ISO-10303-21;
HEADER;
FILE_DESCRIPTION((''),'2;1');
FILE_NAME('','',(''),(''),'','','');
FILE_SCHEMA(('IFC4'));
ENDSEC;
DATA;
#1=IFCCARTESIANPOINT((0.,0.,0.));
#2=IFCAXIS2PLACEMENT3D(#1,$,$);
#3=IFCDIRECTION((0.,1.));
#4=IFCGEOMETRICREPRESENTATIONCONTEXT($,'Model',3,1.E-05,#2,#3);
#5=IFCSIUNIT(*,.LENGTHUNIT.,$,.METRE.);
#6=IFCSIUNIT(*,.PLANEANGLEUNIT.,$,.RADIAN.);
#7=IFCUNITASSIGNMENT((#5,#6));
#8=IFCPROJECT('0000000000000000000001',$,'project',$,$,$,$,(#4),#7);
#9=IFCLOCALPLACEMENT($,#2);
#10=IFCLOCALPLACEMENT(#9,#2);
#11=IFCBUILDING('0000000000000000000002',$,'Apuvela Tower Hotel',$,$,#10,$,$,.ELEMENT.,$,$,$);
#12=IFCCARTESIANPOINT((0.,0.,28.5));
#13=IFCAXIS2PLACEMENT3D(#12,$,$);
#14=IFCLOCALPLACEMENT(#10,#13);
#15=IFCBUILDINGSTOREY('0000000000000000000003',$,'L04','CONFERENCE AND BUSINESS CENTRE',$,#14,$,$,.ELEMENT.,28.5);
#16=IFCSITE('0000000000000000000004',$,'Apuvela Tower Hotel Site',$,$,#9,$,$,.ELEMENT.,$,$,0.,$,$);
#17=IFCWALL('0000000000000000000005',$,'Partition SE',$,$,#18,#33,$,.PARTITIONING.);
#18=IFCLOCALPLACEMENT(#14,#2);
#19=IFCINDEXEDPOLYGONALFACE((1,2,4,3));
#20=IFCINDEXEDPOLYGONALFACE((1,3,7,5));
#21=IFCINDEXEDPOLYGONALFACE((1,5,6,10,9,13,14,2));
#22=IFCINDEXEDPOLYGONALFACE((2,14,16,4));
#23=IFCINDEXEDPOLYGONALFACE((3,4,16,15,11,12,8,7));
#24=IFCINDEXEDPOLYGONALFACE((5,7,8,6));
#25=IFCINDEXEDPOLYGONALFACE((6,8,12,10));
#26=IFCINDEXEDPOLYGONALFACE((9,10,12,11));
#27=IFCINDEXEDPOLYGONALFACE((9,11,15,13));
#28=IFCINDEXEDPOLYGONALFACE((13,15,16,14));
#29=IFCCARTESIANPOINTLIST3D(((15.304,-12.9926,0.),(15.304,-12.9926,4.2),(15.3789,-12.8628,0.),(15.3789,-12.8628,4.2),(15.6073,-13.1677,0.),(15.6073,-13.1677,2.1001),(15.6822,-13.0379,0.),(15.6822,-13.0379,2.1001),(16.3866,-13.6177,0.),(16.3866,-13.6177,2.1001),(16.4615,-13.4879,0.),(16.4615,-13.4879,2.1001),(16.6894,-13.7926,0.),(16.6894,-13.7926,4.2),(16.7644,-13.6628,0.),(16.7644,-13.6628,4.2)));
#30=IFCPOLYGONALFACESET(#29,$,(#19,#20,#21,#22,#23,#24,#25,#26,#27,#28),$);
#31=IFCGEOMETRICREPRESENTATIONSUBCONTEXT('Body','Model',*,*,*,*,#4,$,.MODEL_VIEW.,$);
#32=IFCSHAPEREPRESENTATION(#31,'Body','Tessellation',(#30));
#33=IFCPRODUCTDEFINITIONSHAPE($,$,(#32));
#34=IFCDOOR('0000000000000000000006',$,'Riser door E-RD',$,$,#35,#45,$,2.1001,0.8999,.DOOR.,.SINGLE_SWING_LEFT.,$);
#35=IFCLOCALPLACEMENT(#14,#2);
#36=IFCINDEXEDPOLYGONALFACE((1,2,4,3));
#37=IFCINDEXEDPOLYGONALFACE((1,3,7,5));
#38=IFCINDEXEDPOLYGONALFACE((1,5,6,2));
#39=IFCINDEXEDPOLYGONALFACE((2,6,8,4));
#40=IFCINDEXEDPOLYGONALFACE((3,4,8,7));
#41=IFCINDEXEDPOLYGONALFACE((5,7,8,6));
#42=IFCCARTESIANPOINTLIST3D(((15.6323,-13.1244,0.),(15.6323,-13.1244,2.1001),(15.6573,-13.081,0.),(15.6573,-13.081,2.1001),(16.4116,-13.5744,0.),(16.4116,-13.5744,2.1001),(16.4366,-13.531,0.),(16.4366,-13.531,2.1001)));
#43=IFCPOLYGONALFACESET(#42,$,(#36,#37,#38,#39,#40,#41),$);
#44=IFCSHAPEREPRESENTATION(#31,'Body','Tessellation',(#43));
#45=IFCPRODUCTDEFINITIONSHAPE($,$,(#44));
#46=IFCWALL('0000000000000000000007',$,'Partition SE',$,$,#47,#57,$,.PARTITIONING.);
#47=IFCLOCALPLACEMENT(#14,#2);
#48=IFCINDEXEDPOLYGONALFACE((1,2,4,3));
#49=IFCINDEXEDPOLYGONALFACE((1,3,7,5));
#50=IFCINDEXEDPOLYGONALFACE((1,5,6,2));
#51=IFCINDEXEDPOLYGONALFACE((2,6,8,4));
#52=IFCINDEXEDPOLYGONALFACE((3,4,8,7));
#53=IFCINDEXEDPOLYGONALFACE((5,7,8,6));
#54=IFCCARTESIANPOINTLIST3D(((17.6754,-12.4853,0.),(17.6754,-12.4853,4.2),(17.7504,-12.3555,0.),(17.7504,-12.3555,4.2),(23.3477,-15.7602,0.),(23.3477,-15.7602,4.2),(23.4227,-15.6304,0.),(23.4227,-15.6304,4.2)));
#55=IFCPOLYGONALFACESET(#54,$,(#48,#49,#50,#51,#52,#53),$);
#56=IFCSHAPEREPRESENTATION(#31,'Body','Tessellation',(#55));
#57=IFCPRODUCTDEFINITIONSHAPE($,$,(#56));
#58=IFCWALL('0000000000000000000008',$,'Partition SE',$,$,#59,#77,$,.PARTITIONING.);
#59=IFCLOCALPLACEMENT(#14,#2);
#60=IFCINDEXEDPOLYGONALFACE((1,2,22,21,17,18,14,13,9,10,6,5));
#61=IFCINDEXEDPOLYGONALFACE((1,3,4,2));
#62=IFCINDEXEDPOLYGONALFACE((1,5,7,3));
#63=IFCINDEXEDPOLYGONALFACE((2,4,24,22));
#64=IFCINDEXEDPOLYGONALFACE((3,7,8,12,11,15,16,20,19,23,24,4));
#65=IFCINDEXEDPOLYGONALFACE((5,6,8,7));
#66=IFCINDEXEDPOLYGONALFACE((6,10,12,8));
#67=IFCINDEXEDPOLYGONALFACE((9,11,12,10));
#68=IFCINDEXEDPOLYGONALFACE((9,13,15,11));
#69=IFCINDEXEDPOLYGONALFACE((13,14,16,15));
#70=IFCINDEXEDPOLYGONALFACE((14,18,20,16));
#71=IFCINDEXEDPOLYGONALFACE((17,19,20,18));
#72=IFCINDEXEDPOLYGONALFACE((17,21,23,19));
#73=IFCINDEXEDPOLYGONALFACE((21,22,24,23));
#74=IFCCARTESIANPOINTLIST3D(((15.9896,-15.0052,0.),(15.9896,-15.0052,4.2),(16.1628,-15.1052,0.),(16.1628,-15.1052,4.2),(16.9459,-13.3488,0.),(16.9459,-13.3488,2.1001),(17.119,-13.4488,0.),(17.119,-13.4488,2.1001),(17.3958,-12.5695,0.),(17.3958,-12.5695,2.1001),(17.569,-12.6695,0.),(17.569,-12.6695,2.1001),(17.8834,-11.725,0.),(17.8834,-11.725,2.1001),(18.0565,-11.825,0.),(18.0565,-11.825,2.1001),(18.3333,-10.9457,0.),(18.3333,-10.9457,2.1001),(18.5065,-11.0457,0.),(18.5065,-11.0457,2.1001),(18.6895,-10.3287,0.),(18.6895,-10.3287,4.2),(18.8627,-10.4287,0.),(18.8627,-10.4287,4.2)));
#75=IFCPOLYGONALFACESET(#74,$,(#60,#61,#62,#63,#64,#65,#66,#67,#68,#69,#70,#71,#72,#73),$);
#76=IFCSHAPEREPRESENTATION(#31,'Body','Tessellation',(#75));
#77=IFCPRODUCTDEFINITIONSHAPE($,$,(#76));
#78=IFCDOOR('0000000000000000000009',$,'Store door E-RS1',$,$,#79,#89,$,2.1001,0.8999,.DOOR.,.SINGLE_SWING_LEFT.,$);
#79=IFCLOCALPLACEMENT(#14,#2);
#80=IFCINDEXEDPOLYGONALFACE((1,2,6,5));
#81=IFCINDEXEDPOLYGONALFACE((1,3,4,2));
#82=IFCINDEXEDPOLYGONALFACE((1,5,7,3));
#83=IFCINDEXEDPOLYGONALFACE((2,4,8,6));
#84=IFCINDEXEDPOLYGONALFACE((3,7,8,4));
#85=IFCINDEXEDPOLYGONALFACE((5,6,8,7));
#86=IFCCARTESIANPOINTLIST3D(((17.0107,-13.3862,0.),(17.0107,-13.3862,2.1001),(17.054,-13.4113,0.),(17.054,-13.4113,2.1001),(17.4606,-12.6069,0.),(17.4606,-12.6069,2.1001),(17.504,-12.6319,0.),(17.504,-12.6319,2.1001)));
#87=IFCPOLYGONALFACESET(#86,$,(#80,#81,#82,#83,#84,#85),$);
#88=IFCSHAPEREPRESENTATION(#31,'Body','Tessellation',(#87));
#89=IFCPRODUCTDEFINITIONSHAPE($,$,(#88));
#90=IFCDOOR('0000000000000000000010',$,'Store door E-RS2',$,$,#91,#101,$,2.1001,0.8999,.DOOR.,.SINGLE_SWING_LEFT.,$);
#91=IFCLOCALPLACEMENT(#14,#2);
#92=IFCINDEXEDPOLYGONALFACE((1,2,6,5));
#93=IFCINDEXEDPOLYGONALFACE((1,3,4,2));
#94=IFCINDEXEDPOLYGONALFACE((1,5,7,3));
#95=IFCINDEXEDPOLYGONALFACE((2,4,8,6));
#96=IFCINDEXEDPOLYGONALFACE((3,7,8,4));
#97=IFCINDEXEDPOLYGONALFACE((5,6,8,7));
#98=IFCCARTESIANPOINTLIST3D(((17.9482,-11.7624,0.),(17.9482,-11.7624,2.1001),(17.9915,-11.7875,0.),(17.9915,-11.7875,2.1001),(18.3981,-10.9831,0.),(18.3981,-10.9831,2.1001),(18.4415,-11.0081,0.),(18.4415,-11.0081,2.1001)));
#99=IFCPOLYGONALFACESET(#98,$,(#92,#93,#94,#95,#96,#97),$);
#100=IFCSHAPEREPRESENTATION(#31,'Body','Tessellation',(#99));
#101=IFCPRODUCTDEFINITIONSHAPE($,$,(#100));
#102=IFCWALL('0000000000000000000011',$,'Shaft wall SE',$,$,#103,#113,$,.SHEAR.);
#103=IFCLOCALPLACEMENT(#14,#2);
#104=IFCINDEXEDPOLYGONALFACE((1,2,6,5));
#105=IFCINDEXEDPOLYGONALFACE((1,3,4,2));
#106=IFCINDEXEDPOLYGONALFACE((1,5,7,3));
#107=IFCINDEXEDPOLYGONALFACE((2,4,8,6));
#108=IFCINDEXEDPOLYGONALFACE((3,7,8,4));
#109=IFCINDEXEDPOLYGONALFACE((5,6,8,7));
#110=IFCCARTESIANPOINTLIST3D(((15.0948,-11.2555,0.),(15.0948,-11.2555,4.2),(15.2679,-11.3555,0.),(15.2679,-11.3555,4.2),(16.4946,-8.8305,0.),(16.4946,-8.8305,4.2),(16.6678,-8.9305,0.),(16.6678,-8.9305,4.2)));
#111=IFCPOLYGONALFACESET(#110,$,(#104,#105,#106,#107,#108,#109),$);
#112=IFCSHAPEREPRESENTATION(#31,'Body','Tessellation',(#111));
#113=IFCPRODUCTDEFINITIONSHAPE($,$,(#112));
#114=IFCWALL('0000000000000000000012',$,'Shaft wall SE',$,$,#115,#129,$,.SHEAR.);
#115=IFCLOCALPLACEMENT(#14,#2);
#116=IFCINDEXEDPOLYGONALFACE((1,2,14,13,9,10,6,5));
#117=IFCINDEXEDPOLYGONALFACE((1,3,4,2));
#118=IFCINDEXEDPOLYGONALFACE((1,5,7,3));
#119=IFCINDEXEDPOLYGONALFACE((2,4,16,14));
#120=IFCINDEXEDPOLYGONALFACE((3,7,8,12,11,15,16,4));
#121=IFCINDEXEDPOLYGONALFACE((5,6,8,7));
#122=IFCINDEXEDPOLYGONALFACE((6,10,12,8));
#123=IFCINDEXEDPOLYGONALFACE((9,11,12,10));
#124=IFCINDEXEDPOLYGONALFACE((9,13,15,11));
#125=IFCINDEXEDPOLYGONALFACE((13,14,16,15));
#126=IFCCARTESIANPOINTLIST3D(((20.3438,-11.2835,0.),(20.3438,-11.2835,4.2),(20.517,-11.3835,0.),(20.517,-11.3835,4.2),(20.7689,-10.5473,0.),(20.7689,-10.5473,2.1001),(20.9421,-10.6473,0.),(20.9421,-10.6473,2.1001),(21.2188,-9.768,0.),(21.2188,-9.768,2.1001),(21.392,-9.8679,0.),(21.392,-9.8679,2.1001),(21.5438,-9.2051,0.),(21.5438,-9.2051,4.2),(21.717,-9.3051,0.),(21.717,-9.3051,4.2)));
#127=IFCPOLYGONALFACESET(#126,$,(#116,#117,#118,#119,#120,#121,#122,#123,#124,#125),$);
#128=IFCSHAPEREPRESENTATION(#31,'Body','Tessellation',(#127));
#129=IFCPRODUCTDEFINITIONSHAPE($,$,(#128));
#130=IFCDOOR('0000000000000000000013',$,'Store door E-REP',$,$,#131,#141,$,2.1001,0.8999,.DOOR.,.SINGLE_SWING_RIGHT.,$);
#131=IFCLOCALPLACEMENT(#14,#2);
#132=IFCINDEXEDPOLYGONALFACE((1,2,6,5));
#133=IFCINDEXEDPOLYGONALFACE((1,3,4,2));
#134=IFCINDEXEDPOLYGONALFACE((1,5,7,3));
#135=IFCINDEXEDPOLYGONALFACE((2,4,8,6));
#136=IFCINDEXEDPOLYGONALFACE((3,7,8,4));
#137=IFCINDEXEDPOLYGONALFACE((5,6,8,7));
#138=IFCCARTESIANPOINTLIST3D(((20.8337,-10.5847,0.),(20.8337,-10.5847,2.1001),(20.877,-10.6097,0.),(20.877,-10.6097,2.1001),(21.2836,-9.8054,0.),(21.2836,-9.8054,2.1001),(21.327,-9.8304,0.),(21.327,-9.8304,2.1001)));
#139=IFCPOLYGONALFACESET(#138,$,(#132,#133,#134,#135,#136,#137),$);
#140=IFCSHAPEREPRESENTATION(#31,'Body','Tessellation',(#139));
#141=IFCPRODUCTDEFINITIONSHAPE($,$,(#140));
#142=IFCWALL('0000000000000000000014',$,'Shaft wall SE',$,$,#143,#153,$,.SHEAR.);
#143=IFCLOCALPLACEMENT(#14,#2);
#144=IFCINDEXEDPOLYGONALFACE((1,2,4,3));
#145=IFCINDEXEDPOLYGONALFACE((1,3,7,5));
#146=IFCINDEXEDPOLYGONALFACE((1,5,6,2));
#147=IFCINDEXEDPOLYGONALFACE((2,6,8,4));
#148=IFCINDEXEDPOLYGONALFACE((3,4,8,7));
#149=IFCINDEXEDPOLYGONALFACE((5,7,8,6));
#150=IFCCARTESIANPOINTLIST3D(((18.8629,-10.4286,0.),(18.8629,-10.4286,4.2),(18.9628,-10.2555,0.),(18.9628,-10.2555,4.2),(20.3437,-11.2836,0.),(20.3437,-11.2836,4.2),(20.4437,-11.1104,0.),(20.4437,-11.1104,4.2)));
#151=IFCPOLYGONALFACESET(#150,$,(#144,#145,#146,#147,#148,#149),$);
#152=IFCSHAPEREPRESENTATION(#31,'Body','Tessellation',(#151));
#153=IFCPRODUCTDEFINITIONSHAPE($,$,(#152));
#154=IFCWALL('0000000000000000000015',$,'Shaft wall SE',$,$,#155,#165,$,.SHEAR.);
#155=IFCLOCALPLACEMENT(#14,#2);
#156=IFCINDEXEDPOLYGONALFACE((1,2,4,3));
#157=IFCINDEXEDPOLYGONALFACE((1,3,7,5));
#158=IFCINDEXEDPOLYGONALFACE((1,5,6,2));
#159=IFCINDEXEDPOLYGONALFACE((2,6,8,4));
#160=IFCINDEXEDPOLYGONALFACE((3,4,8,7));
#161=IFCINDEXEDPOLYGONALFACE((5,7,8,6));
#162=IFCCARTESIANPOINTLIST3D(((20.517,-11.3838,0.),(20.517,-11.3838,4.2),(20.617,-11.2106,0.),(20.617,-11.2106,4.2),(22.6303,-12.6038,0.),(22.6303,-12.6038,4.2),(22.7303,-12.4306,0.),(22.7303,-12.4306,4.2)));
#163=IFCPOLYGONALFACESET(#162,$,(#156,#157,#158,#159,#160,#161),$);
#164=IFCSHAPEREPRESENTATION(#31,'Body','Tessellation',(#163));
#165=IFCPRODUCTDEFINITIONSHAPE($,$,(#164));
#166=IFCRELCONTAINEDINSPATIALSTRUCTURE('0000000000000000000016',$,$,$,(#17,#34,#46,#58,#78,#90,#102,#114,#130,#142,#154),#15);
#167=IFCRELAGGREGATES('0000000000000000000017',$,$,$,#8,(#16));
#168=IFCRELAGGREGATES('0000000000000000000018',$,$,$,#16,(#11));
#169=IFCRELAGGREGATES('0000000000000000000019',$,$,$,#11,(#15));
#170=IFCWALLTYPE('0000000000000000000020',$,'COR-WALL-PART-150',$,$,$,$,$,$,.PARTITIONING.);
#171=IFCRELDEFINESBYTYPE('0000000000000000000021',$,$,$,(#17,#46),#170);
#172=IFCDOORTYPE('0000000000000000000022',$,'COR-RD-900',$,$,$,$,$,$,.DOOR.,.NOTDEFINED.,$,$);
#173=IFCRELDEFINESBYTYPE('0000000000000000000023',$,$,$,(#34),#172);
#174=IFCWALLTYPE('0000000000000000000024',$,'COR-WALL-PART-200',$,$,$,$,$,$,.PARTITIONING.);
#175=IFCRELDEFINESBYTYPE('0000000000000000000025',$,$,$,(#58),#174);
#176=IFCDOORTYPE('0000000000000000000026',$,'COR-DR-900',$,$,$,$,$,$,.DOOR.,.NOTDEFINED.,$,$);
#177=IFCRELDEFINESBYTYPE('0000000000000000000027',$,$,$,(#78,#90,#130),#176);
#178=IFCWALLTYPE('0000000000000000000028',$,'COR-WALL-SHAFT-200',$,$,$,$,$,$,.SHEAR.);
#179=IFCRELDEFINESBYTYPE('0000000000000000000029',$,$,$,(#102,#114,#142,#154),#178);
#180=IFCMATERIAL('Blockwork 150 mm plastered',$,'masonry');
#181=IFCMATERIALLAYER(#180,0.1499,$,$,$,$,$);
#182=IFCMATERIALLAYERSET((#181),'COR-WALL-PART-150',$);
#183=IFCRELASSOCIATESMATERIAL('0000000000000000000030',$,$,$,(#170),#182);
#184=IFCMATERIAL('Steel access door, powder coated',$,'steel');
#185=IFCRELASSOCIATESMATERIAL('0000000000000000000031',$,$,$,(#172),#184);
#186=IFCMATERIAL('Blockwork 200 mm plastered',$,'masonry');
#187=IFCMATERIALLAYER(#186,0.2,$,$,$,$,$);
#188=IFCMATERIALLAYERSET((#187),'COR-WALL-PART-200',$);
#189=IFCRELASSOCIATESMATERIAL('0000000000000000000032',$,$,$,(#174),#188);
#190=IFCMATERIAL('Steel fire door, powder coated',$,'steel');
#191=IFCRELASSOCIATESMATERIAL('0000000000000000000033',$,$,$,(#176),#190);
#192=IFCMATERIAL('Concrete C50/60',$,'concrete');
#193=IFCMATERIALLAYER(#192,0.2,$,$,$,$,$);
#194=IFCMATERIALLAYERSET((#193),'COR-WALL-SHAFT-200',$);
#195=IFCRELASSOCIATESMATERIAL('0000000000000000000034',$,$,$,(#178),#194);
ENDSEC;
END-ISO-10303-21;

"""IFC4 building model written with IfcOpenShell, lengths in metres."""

from ifc_helpers import new_model, si_unit, direction, frame, frame_2d, origin, place, context, subcontext, project, spatial, rectangle, extrude, material, layer, layer_set, type_object, element, fill, save


model = new_model("IFC4")

# Units and contexts
model_context = context("Model", 3, precision=1e-05, world=origin(), true_north=direction((0.0, 1.0)))
body_context = subcontext(model_context, "Body", "Model", "MODEL_VIEW")
ifc_project = project(units=[si_unit("LENGTHUNIT", "METRE"), si_unit("PLANEANGLEUNIT", "RADIAN")], contexts=[model_context])

# Site, building, storey
site_placement = place(None, origin())
site = spatial("IfcSite", under=ifc_project, at=site_placement, Name="Apuvela Tower Hotel Site", CompositionType="ELEMENT", RefElevation=0.0)
building_placement = place(site_placement, origin())
building = spatial("IfcBuilding", under=site, at=building_placement, Name="Apuvela Tower Hotel", CompositionType="ELEMENT")
storey_placement = place(building_placement, frame((0.0, 0.0, 28.5)))
storey = spatial("IfcBuildingStorey", under=building, at=storey_placement, Name="L04", Description="CONFERENCE AND BUSINESS CENTRE", CompositionType="ELEMENT", Elevation=28.5)

# Shared definitions
ifc_material_1 = material(Name="Concrete C50/60", Category="concrete")

# Wall, opening, door
ifc_material_2 = material(Name="Blockwork 150 mm plastered", Category="masonry")
ifc_layer_1 = layer(ifc_material_2, 0.1499)
ifc_layer_set_1 = layer_set([ifc_layer_1], Name="COR-WALL-PART-150")
wall_type_1 = type_object("IfcWallType", Name="COR-WALL-PART-150", PredefinedType="PARTITIONING", material=ifc_layer_set_1)
wall_1_placement = place(storey_placement, frame((15.3416, -12.9277, 0.0), z_axis=(0.0, 0.0, 1.0), x_axis=(0.86599, -0.500061, 0.0)))
wall_1 = element("IfcWall", 1, at=wall_1_placement, inside=storey, type_object=wall_type_1, Name="Partition SE", PredefinedType="PARTITIONING", context=body_context, shape_type="SweptSolid", body=[
    extrude(rectangle(XDim=1.5999, YDim=0.1499, at=frame_2d((0.7998, 0.0))), origin(), (0.0, 0.0, 1.0), 4.2),
])
opening_1_placement = place(wall_1_placement, frame((0.3501, 0.0, 0.0)))
opening_1 = element("IfcOpeningElement", 2, at=opening_1_placement, cuts=wall_1, PredefinedType="OPENING", context=body_context, shape_type="SweptSolid", body=[
    extrude(rectangle(XDim=0.8999, YDim=2.1001, at=frame_2d((0.45, 1.05))), frame((0.0, 0.085, 0.0), z_axis=(0.0, -1.0, 0.0), x_axis=(1.0, 0.0, 0.0)), (0.0, 0.0, 1.0), 0.1699),
])
ifc_material_3 = material(Name="Steel access door, powder coated", Category="steel")
door_type_1 = type_object("IfcDoorType", Name="COR-RD-900", OperationType="NOTDEFINED", PredefinedType="DOOR", material=ifc_material_3)
door_1_placement = place(opening_1_placement, frame((0.8999, 0.0, 0.0), z_axis=(0.0, 0.0, 1.0), x_axis=(-1.0, 0.0, 0.0)))
door_1 = element("IfcDoor", 3, at=door_1_placement, inside=storey, type_object=door_type_1, Name="Riser door E-RD", OperationType="SINGLE_SWING_LEFT", OverallHeight=2.1001, OverallWidth=0.8999, PredefinedType="DOOR", context=body_context, shape_type="SweptSolid", body=[
    extrude(rectangle(XDim=0.8999, YDim=2.1001, at=frame_2d((0.45, 1.05))), frame((0.0, 0.0249, 0.0), z_axis=(0.0, -1.0, 0.0), x_axis=(1.0, 0.0, 0.0)), (0.0, 0.0, 1.0), 0.05),
])
fill(opening_1, door_1)

# Wall
wall_2_placement = place(storey_placement, frame((17.7129, -12.4204, 0.0), z_axis=(0.0, 0.0, 1.0), x_axis=(0.866028, -0.499996, 0.0)))
element("IfcWall", 4, at=wall_2_placement, inside=storey, type_object=wall_type_1, Name="Partition SE", PredefinedType="PARTITIONING", context=body_context, shape_type="SweptSolid", body=[
    extrude(rectangle(XDim=6.5498, YDim=0.1499, at=frame_2d((3.2749, 0.0))), origin(), (0.0, 0.0, 1.0), 4.2),
])

# Wall, openings, doors
ifc_material_4 = material(Name="Blockwork 200 mm plastered", Category="masonry")
ifc_layer_2 = layer(ifc_material_4, 0.2)
ifc_layer_set_2 = layer_set([ifc_layer_2], Name="COR-WALL-PART-200")
wall_type_2 = type_object("IfcWallType", Name="COR-WALL-PART-200", PredefinedType="PARTITIONING", material=ifc_layer_set_2)
wall_3_placement = place(storey_placement, frame((16.0762, -15.0552, 0.0), z_axis=(0.0, 0.0, 1.0), x_axis=(0.499995, 0.866028, 0.0)))
wall_3 = element("IfcWall", 5, at=wall_3_placement, inside=storey, type_object=wall_type_2, Name="Partition SE", PredefinedType="PARTITIONING", context=body_context, shape_type="SweptSolid", body=[
    extrude(rectangle(XDim=5.3999, YDim=0.2, at=frame_2d((2.7, 0.0))), origin(), (0.0, 0.0, 1.0), 4.2),
])
opening_2_placement = place(wall_3_placement, frame((1.9126, 0.0, 0.0)))
opening_2 = element("IfcOpeningElement", 6, at=opening_2_placement, cuts=wall_3, PredefinedType="OPENING", context=body_context, shape_type="SweptSolid", body=[
    extrude(rectangle(XDim=0.8999, YDim=2.1001, at=frame_2d((0.45, 1.05))), frame((0.0, 0.1099, 0.0), z_axis=(0.0, -1.0, 0.0), x_axis=(1.0, 0.0, 0.0)), (0.0, 0.0, 1.0), 0.22),
])
opening_3_placement = place(wall_3_placement, frame((3.7876, 0.0, 0.0)))
opening_3 = element("IfcOpeningElement", 7, at=opening_3_placement, cuts=wall_3, PredefinedType="OPENING", context=body_context, shape_type="SweptSolid", body=[
    extrude(rectangle(XDim=0.8999, YDim=2.1001, at=frame_2d((0.45, 1.05))), frame((0.0, 0.1099, 0.0), z_axis=(0.0, -1.0, 0.0), x_axis=(1.0, 0.0, 0.0)), (0.0, 0.0, 1.0), 0.22),
])
ifc_material_5 = material(Name="Steel fire door, powder coated", Category="steel")
door_type_2 = type_object("IfcDoorType", Name="COR-DR-900", OperationType="NOTDEFINED", PredefinedType="DOOR", material=ifc_material_5)
door_2_placement = place(opening_2_placement, frame((0.8999, 0.0, 0.0), z_axis=(0.0, 0.0, 1.0), x_axis=(-1.0, 0.0, 0.0)))
door_2 = element("IfcDoor", 8, at=door_2_placement, inside=storey, type_object=door_type_2, Name="Store door E-RS1", OperationType="SINGLE_SWING_LEFT", OverallHeight=2.1001, OverallWidth=0.8999, PredefinedType="DOOR", context=body_context, shape_type="SweptSolid", body=[
    extrude(rectangle(XDim=0.8999, YDim=2.1001, at=frame_2d((0.45, 1.05))), frame((0.0, 0.0249, 0.0), z_axis=(0.0, -1.0, 0.0), x_axis=(1.0, 0.0, 0.0)), (0.0, 0.0, 1.0), 0.05),
])
fill(opening_2, door_2)
door_3_placement = place(opening_3_placement, frame((0.8999, 0.0, 0.0), z_axis=(0.0, 0.0, 1.0), x_axis=(-1.0, 0.0, 0.0)))
door_3 = element("IfcDoor", 9, at=door_3_placement, inside=storey, type_object=door_type_2, Name="Store door E-RS2", OperationType="SINGLE_SWING_LEFT", OverallHeight=2.1001, OverallWidth=0.8999, PredefinedType="DOOR", context=body_context, shape_type="SweptSolid", body=[
    extrude(rectangle(XDim=0.8999, YDim=2.1001, at=frame_2d((0.45, 1.05))), frame((0.0, 0.0249, 0.0), z_axis=(0.0, -1.0, 0.0), x_axis=(1.0, 0.0, 0.0)), (0.0, 0.0, 1.0), 0.05),
])
fill(opening_3, door_3)

# Wall
ifc_layer_3 = layer(ifc_material_1, 0.2)
ifc_layer_set_3 = layer_set([ifc_layer_3], Name="COR-WALL-SHAFT-200")
wall_type_3 = type_object("IfcWallType", Name="COR-WALL-SHAFT-200", PredefinedType="SHEAR", material=ifc_layer_set_3)
wall_4_placement = place(storey_placement, frame((15.1814, -11.3054, 0.0), z_axis=(0.0, 0.0, 1.0), x_axis=(0.499946, 0.866056, 0.0)))
element("IfcWall", 10, at=wall_4_placement, inside=storey, type_object=wall_type_3, Name="Shaft wall SE", PredefinedType="SHEAR", context=body_context, shape_type="SweptSolid", body=[
    extrude(rectangle(XDim=2.8, YDim=0.2, at=frame_2d((1.3999, 0.0))), origin(), (0.0, 0.0, 1.0), 4.2),
])

# Wall, opening, door
wall_5_placement = place(storey_placement, frame((20.4304, -11.3335, 0.0), z_axis=(0.0, 0.0, 1.0), x_axis=(0.500001, 0.866025, 0.0)))
wall_5 = element("IfcWall", 11, at=wall_5_placement, inside=storey, type_object=wall_type_3, Name="Shaft wall SE", PredefinedType="SHEAR", context=body_context, shape_type="SweptSolid", body=[
    extrude(rectangle(XDim=2.3999, YDim=0.2, at=frame_2d((1.2, 0.0))), origin(), (0.0, 0.0, 1.0), 4.2),
])
opening_4_placement = place(wall_5_placement, frame((0.8501, 0.0, 0.0)))
opening_4 = element("IfcOpeningElement", 12, at=opening_4_placement, cuts=wall_5, PredefinedType="OPENING", context=body_context, shape_type="SweptSolid", body=[
    extrude(rectangle(XDim=0.8999, YDim=2.1001, at=frame_2d((0.45, 1.05))), frame((0.0, 0.1099, 0.0), z_axis=(0.0, -1.0, 0.0), x_axis=(1.0, 0.0, 0.0)), (0.0, 0.0, 1.0), 0.22),
])
door_4_placement = place(opening_4_placement, frame((0.8999, 0.0, 0.0), z_axis=(0.0, 0.0, 1.0), x_axis=(-1.0, 0.0, 0.0)))
door_4 = element("IfcDoor", 13, at=door_4_placement, inside=storey, type_object=door_type_2, Name="Store door E-REP", OperationType="SINGLE_SWING_RIGHT", OverallHeight=2.1001, OverallWidth=0.8999, PredefinedType="DOOR", context=body_context, shape_type="SweptSolid", body=[
    extrude(rectangle(XDim=0.8999, YDim=2.1001, at=frame_2d((0.45, 1.05))), frame((0.0, 0.0249, 0.0), z_axis=(0.0, -1.0, 0.0), x_axis=(1.0, 0.0, 0.0)), (0.0, 0.0, 1.0), 0.05),
])
fill(opening_4, door_4)

# Walls
wall_6_placement = place(storey_placement, frame((18.9128, -10.342, 0.0), z_axis=(0.0, 0.0, 1.0), x_axis=(0.866038, -0.499978, 0.0)))
element("IfcWall", 14, at=wall_6_placement, inside=storey, type_object=wall_type_3, Name="Shaft wall SE", PredefinedType="SHEAR", context=body_context, shape_type="SweptSolid", body=[
    extrude(rectangle(XDim=1.71, YDim=0.2, at=frame_2d((0.855, 0.0))), origin(), (0.0, 0.0, 1.0), 4.2),
])
wall_7_placement = place(storey_placement, frame((20.5669, -11.2971, 0.0), z_axis=(0.0, 0.0, 1.0), x_axis=(0.866049, -0.499959, 0.0)))
element("IfcWall", 15, at=wall_7_placement, inside=storey, type_object=wall_type_3, Name="Shaft wall SE", PredefinedType="SHEAR", context=body_context, shape_type="SweptSolid", body=[
    extrude(rectangle(XDim=2.4402, YDim=0.2, at=frame_2d((1.2202, 0.0))), origin(), (0.0, 0.0, 1.0), 4.2),
])

save(model, "model.ifc")
